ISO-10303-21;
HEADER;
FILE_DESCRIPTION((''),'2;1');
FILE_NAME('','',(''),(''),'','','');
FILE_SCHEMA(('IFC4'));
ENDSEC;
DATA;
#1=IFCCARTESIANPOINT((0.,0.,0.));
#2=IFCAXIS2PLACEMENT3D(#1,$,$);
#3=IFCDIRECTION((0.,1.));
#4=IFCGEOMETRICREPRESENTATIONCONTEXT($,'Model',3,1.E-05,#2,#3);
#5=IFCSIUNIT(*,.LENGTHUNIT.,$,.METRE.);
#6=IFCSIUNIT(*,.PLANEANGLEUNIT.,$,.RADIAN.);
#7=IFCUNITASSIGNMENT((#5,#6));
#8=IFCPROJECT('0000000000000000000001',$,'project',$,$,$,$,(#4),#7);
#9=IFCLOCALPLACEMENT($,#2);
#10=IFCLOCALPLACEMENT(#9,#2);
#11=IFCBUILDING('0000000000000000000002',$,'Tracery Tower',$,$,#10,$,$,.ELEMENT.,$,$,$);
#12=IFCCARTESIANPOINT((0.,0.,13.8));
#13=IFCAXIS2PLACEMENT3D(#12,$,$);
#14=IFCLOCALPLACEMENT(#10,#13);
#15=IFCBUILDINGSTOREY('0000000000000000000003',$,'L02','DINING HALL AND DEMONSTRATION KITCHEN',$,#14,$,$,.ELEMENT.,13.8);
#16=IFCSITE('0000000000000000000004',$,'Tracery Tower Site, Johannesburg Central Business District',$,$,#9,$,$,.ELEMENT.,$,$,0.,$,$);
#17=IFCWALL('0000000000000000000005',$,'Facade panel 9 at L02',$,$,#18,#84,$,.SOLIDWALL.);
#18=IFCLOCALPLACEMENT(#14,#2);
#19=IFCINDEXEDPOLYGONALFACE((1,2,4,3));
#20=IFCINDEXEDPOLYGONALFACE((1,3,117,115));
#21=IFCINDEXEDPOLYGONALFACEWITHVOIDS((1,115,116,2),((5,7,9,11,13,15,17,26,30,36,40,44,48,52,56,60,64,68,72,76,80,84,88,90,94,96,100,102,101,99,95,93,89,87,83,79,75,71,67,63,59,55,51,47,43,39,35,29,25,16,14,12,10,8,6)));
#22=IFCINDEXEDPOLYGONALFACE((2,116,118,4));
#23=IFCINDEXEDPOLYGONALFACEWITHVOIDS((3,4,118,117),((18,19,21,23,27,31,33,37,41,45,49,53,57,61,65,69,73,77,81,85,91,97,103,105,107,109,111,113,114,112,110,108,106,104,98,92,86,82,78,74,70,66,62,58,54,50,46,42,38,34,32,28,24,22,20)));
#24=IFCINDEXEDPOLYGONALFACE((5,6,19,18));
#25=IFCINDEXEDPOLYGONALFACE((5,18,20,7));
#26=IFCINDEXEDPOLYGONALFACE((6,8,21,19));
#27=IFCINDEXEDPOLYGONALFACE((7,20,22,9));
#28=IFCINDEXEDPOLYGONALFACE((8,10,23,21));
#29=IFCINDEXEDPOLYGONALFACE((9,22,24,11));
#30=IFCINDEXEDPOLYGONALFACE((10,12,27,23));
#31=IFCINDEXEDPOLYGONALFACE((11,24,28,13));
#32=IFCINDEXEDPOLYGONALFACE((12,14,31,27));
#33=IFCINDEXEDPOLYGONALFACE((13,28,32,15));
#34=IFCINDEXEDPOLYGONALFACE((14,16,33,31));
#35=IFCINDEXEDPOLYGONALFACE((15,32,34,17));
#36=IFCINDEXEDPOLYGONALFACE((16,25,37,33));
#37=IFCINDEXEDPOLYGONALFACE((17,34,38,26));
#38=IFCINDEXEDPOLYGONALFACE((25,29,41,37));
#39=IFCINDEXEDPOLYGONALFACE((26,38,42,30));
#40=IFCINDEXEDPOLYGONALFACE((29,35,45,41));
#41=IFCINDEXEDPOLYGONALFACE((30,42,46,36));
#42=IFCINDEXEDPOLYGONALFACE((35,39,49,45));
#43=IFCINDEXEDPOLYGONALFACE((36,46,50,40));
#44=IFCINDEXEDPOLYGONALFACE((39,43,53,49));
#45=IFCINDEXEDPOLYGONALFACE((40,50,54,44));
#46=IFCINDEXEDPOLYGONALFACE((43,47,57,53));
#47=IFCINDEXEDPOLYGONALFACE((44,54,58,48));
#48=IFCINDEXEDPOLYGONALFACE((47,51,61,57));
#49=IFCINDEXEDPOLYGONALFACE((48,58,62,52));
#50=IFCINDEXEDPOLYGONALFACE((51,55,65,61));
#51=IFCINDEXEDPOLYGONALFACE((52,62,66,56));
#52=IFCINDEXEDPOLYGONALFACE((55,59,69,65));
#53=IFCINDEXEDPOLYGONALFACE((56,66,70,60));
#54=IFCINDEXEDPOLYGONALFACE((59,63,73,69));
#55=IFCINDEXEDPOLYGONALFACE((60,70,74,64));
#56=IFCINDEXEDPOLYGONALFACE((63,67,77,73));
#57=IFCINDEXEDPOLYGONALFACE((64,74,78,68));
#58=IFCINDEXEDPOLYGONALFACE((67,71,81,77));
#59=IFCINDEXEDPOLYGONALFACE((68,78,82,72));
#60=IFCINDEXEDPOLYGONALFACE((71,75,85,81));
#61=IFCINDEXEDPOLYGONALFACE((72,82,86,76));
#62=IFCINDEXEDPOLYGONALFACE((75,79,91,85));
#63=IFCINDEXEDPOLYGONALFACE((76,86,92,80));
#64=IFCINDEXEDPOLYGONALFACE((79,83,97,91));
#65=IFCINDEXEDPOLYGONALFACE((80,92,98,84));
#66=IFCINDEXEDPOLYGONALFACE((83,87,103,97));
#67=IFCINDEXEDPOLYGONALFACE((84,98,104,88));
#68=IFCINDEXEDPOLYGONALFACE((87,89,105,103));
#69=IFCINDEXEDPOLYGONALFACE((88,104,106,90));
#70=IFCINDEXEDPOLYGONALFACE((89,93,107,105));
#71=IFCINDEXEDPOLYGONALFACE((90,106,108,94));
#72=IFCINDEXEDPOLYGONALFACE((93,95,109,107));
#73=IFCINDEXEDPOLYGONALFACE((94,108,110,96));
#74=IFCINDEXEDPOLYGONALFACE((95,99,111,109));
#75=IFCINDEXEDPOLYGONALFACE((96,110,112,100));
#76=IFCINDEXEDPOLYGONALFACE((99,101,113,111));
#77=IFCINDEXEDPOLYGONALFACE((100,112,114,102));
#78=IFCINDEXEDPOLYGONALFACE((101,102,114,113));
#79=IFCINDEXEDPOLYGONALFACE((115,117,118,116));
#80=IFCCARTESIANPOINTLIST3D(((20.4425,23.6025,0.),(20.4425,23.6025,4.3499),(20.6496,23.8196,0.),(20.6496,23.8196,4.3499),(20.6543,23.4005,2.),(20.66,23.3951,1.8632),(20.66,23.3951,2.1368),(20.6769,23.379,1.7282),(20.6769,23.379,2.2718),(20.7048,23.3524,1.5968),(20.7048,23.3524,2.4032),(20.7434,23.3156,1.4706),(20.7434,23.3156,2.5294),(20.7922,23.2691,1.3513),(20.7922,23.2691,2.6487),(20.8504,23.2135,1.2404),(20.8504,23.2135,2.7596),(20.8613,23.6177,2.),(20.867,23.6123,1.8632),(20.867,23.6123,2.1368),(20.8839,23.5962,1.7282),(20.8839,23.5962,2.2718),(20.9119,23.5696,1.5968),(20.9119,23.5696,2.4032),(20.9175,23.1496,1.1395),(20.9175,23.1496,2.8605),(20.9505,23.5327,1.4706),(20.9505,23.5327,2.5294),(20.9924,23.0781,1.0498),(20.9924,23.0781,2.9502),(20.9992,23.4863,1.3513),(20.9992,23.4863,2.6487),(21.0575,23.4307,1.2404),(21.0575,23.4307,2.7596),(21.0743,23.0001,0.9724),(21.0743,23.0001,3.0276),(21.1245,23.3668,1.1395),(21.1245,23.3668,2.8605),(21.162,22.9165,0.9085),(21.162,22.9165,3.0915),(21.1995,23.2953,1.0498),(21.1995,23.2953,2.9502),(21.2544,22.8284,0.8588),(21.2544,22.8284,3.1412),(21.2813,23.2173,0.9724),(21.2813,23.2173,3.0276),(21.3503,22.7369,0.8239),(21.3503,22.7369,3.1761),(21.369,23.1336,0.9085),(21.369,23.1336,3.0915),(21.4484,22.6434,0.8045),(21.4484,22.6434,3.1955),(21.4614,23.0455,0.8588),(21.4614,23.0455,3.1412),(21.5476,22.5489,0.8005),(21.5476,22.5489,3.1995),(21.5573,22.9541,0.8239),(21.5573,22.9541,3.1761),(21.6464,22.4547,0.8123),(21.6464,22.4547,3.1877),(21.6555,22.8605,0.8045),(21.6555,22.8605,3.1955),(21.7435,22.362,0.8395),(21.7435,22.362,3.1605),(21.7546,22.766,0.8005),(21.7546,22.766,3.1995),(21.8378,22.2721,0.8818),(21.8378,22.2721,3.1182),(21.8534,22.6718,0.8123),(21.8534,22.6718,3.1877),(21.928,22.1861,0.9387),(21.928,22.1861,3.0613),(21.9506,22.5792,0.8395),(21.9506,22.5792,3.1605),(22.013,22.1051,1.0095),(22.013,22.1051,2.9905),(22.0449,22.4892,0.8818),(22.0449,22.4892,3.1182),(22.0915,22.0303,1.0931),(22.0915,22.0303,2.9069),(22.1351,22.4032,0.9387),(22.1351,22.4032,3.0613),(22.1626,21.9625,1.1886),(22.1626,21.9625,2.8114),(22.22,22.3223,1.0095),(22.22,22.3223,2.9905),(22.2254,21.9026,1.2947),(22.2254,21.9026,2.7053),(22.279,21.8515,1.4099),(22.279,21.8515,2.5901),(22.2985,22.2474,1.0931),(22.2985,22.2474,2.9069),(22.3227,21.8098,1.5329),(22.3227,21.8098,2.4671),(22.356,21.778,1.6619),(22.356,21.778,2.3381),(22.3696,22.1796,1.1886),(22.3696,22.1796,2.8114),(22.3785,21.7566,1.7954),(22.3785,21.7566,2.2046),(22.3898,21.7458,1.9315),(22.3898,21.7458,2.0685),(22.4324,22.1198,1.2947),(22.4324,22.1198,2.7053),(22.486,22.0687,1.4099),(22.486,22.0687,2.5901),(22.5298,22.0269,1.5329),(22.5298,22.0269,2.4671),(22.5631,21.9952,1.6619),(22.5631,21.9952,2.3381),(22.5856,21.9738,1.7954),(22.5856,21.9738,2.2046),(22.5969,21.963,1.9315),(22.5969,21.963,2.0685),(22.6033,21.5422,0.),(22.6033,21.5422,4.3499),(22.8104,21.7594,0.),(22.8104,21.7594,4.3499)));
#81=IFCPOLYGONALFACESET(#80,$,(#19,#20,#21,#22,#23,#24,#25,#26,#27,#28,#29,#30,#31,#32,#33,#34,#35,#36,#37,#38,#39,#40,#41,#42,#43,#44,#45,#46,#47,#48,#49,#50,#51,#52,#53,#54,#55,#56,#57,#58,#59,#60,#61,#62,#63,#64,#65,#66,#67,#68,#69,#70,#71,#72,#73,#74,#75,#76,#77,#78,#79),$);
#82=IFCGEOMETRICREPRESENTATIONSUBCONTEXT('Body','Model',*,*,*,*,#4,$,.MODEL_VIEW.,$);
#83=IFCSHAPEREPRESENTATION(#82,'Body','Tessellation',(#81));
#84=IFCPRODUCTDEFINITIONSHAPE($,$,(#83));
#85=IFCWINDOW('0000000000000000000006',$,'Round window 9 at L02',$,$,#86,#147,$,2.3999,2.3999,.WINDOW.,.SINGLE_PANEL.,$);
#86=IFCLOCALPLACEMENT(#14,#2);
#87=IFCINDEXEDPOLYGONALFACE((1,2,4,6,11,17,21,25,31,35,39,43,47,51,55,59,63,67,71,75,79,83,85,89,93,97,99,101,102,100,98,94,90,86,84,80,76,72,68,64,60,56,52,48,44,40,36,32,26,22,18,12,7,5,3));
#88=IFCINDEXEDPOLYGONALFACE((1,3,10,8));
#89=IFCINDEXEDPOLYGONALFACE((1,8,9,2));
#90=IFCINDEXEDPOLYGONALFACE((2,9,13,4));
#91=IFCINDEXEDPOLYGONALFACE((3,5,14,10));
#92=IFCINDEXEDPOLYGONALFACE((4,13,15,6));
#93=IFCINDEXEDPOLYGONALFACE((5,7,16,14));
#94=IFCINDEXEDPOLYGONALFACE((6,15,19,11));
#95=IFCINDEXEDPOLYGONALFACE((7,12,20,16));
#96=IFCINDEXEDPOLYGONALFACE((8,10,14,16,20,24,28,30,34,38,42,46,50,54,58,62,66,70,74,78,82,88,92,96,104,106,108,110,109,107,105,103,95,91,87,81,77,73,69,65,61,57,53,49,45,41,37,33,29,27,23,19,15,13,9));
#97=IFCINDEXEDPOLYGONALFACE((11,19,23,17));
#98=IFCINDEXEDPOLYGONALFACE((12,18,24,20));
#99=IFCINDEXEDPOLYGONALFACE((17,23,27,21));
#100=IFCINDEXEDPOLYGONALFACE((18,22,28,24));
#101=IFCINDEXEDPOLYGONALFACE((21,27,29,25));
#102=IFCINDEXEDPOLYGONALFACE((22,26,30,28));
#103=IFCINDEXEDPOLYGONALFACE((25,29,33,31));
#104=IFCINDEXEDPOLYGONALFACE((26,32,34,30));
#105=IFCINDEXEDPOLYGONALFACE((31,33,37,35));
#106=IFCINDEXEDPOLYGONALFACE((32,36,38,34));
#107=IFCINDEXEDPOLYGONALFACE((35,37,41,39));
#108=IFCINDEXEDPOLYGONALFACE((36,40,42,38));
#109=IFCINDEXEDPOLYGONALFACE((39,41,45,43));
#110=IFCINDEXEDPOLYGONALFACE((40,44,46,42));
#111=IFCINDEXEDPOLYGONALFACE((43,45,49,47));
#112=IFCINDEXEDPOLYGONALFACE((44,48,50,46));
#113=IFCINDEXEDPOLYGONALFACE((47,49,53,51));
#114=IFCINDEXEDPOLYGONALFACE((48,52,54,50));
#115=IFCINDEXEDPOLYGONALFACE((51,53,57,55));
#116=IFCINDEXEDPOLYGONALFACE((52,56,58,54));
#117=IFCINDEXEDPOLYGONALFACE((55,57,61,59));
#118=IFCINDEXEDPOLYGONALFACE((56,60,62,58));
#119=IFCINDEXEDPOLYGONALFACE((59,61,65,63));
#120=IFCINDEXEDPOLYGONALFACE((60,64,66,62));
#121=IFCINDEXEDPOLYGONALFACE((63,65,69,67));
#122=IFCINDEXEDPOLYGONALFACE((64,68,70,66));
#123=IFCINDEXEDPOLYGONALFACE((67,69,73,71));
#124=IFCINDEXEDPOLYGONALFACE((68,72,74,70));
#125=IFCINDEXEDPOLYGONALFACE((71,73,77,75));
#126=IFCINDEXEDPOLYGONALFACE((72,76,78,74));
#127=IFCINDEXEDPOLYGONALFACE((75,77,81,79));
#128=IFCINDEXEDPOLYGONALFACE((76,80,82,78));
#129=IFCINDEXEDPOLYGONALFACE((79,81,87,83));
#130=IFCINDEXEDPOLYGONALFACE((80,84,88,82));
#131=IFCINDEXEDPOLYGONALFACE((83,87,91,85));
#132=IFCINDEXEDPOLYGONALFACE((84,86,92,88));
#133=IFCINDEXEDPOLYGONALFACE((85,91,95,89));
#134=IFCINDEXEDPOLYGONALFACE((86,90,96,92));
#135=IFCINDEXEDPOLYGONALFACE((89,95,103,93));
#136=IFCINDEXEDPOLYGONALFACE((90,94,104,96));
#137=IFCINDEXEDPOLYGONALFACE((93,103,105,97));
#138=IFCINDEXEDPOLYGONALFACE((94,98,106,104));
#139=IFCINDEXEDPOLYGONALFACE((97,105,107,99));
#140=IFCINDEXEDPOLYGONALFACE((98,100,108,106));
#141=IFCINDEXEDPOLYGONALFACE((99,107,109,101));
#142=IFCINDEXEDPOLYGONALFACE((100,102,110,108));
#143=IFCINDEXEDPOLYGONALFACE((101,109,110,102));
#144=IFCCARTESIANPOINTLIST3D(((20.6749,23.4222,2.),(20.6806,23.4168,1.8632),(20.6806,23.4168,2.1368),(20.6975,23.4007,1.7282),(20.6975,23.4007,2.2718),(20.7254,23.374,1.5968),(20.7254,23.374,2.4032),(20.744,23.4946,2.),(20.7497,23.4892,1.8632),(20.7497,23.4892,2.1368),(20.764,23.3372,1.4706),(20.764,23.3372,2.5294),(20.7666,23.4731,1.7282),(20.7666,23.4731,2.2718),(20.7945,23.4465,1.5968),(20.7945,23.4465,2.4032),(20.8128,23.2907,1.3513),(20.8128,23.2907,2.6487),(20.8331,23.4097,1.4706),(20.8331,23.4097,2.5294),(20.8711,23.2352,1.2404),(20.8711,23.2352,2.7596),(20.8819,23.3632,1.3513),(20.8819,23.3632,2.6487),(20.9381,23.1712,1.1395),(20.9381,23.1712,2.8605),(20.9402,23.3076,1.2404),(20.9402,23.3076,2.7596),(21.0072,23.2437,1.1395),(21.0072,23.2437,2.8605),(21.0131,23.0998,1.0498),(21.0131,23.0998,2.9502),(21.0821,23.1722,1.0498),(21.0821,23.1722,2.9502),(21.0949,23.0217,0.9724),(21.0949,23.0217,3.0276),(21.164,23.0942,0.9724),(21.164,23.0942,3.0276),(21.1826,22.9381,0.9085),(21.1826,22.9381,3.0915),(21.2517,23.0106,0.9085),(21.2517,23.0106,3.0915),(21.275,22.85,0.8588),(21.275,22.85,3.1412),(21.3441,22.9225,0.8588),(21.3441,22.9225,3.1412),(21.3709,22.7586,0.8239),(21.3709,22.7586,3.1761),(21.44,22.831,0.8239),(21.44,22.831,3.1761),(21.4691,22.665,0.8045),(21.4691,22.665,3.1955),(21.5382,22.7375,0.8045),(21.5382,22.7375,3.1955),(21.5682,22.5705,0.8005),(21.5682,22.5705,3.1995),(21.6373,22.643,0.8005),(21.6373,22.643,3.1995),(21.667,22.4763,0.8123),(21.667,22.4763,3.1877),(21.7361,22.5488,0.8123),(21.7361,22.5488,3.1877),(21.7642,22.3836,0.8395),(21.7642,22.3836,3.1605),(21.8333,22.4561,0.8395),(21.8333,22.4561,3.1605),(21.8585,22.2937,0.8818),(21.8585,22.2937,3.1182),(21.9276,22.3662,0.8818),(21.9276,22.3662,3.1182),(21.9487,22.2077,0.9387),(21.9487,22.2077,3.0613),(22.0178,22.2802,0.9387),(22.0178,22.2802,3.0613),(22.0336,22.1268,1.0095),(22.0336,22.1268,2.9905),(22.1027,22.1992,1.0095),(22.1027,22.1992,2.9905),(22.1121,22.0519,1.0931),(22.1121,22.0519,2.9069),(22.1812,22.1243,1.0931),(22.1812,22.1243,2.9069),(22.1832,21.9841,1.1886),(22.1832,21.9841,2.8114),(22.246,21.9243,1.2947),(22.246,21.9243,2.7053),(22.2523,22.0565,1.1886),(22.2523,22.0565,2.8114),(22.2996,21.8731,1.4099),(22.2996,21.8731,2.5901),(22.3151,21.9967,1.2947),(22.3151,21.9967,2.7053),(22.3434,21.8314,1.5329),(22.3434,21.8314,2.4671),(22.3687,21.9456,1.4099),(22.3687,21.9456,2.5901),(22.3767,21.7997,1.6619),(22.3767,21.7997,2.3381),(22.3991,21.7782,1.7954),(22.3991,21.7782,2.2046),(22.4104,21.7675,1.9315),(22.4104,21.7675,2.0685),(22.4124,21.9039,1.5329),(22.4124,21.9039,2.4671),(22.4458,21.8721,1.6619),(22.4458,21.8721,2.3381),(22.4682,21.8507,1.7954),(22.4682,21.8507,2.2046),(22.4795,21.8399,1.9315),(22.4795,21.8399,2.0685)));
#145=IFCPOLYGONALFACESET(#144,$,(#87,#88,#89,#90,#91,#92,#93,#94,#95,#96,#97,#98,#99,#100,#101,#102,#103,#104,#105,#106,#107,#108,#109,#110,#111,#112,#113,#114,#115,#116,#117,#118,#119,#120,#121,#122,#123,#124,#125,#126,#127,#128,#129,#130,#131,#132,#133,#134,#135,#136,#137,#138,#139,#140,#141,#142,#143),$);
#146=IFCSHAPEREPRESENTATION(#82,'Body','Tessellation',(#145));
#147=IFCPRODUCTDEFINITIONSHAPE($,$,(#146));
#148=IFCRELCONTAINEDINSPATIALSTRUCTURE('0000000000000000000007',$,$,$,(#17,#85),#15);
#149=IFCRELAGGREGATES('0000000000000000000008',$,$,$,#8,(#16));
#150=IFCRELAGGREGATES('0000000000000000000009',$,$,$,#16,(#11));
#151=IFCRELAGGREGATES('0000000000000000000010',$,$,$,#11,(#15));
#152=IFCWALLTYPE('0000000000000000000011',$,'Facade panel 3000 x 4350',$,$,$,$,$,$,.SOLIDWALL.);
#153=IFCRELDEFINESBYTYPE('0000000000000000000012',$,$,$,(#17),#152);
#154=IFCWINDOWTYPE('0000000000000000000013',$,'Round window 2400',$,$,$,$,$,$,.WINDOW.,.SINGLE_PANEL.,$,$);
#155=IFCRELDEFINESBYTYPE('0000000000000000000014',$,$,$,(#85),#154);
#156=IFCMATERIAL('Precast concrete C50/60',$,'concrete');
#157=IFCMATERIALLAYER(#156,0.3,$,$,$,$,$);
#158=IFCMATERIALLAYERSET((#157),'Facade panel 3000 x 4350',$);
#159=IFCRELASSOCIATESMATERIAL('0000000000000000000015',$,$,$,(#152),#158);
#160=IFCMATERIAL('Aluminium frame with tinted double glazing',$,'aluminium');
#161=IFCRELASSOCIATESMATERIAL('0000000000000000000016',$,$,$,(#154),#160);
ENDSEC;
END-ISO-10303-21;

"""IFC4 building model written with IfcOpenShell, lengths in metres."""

from ifc_helpers import new_model, si_unit, direction, frame, frame_2d, origin, origin_2d, place, context, subcontext, project, spatial, rectangle, circle, extrude, material, layer, layer_set, type_object, element, fill, save


model = new_model("IFC4")

# Units and contexts
model_context = context("Model", 3, precision=1e-05, world=origin(), true_north=direction((0.0, 1.0)))
body_context = subcontext(model_context, "Body", "Model", "MODEL_VIEW")
ifc_project = project(units=[si_unit("LENGTHUNIT", "METRE"), si_unit("PLANEANGLEUNIT", "RADIAN")], contexts=[model_context])

# Site, building, storey
site_placement = place(None, origin())
site = spatial("IfcSite", under=ifc_project, at=site_placement, Name="Tracery Tower Site, Johannesburg Central Business District", CompositionType="ELEMENT", RefElevation=0.0)
building_placement = place(site_placement, origin())
building = spatial("IfcBuilding", under=site, at=building_placement, Name="Tracery Tower", CompositionType="ELEMENT")
storey_placement = place(building_placement, frame((0.0, 0.0, 13.8)))
storey = spatial("IfcBuildingStorey", under=building, at=storey_placement, Name="L02", Description="DINING HALL AND DEMONSTRATION KITCHEN", CompositionType="ELEMENT", Elevation=13.8)

# Wall, opening, window
ifc_material_1 = material(Name="Precast concrete C50/60", Category="concrete")
ifc_layer_1 = layer(ifc_material_1, 0.3)
ifc_layer_set_1 = layer_set([ifc_layer_1], Name="Facade panel 3000 x 4350")
wall_type_1 = type_object("IfcWallType", Name="Facade panel 3000 x 4350", PredefinedType="SOLIDWALL", material=ifc_layer_set_1)
ifc_material_2 = material(Name="Aluminium frame with tinted double glazing", Category="aluminium")
window_type = type_object("IfcWindowType", Name="Round window 2400", PartitioningType="SINGLE_PANEL", PredefinedType="WINDOW", material=ifc_material_2)
wall_1_placement = place(storey_placement, frame((22.7068, 21.6509, 0.0), z_axis=(0.0, 0.0, 1.0), x_axis=(-0.723751, 0.690061, 0.0)))
wall_1 = element("IfcWall", 1, at=wall_1_placement, inside=storey, type_object=wall_type_1, Name="Facade panel 9 at L02", PredefinedType="SOLIDWALL", context=body_context, shape_type="SweptSolid", body=[
    extrude(rectangle(XDim=2.9856, YDim=0.3, at=frame_2d((1.4927, 0.0))), origin(), (0.0, 0.0, 1.0), 4.3499),
])
opening_1_placement = place(wall_1_placement, frame((1.4929, 0.0, 2.0)))
opening_1 = element("IfcOpeningElement", 2, at=opening_1_placement, cuts=wall_1, PredefinedType="OPENING", context=body_context, shape_type="SweptSolid", body=[
    extrude(circle(Radius=1.2, at=origin_2d()), frame((0.0, 0.1599, 0.0), z_axis=(0.0, -1.0, 0.0), x_axis=(1.0, 0.0, 0.0)), (0.0, 0.0, 1.0), 0.3201),
])
window_1_placement = place(opening_1_placement, origin())
window_1 = element("IfcWindow", 3, at=window_1_placement, inside=storey, type_object=window_type, Name="Round window 9 at L02", OverallHeight=2.3999, OverallWidth=2.3999, PartitioningType="SINGLE_PANEL", PredefinedType="WINDOW", context=body_context, shape_type="SweptSolid", body=[
    extrude(circle(Radius=1.2, at=origin_2d()), frame((0.0, 0.1201, 0.0), z_axis=(0.0, -1.0, 0.0), x_axis=(1.0, 0.0, 0.0)), (0.0, 0.0, 1.0), 0.1001),
])
fill(opening_1, window_1)

save(model, "model.ifc")
